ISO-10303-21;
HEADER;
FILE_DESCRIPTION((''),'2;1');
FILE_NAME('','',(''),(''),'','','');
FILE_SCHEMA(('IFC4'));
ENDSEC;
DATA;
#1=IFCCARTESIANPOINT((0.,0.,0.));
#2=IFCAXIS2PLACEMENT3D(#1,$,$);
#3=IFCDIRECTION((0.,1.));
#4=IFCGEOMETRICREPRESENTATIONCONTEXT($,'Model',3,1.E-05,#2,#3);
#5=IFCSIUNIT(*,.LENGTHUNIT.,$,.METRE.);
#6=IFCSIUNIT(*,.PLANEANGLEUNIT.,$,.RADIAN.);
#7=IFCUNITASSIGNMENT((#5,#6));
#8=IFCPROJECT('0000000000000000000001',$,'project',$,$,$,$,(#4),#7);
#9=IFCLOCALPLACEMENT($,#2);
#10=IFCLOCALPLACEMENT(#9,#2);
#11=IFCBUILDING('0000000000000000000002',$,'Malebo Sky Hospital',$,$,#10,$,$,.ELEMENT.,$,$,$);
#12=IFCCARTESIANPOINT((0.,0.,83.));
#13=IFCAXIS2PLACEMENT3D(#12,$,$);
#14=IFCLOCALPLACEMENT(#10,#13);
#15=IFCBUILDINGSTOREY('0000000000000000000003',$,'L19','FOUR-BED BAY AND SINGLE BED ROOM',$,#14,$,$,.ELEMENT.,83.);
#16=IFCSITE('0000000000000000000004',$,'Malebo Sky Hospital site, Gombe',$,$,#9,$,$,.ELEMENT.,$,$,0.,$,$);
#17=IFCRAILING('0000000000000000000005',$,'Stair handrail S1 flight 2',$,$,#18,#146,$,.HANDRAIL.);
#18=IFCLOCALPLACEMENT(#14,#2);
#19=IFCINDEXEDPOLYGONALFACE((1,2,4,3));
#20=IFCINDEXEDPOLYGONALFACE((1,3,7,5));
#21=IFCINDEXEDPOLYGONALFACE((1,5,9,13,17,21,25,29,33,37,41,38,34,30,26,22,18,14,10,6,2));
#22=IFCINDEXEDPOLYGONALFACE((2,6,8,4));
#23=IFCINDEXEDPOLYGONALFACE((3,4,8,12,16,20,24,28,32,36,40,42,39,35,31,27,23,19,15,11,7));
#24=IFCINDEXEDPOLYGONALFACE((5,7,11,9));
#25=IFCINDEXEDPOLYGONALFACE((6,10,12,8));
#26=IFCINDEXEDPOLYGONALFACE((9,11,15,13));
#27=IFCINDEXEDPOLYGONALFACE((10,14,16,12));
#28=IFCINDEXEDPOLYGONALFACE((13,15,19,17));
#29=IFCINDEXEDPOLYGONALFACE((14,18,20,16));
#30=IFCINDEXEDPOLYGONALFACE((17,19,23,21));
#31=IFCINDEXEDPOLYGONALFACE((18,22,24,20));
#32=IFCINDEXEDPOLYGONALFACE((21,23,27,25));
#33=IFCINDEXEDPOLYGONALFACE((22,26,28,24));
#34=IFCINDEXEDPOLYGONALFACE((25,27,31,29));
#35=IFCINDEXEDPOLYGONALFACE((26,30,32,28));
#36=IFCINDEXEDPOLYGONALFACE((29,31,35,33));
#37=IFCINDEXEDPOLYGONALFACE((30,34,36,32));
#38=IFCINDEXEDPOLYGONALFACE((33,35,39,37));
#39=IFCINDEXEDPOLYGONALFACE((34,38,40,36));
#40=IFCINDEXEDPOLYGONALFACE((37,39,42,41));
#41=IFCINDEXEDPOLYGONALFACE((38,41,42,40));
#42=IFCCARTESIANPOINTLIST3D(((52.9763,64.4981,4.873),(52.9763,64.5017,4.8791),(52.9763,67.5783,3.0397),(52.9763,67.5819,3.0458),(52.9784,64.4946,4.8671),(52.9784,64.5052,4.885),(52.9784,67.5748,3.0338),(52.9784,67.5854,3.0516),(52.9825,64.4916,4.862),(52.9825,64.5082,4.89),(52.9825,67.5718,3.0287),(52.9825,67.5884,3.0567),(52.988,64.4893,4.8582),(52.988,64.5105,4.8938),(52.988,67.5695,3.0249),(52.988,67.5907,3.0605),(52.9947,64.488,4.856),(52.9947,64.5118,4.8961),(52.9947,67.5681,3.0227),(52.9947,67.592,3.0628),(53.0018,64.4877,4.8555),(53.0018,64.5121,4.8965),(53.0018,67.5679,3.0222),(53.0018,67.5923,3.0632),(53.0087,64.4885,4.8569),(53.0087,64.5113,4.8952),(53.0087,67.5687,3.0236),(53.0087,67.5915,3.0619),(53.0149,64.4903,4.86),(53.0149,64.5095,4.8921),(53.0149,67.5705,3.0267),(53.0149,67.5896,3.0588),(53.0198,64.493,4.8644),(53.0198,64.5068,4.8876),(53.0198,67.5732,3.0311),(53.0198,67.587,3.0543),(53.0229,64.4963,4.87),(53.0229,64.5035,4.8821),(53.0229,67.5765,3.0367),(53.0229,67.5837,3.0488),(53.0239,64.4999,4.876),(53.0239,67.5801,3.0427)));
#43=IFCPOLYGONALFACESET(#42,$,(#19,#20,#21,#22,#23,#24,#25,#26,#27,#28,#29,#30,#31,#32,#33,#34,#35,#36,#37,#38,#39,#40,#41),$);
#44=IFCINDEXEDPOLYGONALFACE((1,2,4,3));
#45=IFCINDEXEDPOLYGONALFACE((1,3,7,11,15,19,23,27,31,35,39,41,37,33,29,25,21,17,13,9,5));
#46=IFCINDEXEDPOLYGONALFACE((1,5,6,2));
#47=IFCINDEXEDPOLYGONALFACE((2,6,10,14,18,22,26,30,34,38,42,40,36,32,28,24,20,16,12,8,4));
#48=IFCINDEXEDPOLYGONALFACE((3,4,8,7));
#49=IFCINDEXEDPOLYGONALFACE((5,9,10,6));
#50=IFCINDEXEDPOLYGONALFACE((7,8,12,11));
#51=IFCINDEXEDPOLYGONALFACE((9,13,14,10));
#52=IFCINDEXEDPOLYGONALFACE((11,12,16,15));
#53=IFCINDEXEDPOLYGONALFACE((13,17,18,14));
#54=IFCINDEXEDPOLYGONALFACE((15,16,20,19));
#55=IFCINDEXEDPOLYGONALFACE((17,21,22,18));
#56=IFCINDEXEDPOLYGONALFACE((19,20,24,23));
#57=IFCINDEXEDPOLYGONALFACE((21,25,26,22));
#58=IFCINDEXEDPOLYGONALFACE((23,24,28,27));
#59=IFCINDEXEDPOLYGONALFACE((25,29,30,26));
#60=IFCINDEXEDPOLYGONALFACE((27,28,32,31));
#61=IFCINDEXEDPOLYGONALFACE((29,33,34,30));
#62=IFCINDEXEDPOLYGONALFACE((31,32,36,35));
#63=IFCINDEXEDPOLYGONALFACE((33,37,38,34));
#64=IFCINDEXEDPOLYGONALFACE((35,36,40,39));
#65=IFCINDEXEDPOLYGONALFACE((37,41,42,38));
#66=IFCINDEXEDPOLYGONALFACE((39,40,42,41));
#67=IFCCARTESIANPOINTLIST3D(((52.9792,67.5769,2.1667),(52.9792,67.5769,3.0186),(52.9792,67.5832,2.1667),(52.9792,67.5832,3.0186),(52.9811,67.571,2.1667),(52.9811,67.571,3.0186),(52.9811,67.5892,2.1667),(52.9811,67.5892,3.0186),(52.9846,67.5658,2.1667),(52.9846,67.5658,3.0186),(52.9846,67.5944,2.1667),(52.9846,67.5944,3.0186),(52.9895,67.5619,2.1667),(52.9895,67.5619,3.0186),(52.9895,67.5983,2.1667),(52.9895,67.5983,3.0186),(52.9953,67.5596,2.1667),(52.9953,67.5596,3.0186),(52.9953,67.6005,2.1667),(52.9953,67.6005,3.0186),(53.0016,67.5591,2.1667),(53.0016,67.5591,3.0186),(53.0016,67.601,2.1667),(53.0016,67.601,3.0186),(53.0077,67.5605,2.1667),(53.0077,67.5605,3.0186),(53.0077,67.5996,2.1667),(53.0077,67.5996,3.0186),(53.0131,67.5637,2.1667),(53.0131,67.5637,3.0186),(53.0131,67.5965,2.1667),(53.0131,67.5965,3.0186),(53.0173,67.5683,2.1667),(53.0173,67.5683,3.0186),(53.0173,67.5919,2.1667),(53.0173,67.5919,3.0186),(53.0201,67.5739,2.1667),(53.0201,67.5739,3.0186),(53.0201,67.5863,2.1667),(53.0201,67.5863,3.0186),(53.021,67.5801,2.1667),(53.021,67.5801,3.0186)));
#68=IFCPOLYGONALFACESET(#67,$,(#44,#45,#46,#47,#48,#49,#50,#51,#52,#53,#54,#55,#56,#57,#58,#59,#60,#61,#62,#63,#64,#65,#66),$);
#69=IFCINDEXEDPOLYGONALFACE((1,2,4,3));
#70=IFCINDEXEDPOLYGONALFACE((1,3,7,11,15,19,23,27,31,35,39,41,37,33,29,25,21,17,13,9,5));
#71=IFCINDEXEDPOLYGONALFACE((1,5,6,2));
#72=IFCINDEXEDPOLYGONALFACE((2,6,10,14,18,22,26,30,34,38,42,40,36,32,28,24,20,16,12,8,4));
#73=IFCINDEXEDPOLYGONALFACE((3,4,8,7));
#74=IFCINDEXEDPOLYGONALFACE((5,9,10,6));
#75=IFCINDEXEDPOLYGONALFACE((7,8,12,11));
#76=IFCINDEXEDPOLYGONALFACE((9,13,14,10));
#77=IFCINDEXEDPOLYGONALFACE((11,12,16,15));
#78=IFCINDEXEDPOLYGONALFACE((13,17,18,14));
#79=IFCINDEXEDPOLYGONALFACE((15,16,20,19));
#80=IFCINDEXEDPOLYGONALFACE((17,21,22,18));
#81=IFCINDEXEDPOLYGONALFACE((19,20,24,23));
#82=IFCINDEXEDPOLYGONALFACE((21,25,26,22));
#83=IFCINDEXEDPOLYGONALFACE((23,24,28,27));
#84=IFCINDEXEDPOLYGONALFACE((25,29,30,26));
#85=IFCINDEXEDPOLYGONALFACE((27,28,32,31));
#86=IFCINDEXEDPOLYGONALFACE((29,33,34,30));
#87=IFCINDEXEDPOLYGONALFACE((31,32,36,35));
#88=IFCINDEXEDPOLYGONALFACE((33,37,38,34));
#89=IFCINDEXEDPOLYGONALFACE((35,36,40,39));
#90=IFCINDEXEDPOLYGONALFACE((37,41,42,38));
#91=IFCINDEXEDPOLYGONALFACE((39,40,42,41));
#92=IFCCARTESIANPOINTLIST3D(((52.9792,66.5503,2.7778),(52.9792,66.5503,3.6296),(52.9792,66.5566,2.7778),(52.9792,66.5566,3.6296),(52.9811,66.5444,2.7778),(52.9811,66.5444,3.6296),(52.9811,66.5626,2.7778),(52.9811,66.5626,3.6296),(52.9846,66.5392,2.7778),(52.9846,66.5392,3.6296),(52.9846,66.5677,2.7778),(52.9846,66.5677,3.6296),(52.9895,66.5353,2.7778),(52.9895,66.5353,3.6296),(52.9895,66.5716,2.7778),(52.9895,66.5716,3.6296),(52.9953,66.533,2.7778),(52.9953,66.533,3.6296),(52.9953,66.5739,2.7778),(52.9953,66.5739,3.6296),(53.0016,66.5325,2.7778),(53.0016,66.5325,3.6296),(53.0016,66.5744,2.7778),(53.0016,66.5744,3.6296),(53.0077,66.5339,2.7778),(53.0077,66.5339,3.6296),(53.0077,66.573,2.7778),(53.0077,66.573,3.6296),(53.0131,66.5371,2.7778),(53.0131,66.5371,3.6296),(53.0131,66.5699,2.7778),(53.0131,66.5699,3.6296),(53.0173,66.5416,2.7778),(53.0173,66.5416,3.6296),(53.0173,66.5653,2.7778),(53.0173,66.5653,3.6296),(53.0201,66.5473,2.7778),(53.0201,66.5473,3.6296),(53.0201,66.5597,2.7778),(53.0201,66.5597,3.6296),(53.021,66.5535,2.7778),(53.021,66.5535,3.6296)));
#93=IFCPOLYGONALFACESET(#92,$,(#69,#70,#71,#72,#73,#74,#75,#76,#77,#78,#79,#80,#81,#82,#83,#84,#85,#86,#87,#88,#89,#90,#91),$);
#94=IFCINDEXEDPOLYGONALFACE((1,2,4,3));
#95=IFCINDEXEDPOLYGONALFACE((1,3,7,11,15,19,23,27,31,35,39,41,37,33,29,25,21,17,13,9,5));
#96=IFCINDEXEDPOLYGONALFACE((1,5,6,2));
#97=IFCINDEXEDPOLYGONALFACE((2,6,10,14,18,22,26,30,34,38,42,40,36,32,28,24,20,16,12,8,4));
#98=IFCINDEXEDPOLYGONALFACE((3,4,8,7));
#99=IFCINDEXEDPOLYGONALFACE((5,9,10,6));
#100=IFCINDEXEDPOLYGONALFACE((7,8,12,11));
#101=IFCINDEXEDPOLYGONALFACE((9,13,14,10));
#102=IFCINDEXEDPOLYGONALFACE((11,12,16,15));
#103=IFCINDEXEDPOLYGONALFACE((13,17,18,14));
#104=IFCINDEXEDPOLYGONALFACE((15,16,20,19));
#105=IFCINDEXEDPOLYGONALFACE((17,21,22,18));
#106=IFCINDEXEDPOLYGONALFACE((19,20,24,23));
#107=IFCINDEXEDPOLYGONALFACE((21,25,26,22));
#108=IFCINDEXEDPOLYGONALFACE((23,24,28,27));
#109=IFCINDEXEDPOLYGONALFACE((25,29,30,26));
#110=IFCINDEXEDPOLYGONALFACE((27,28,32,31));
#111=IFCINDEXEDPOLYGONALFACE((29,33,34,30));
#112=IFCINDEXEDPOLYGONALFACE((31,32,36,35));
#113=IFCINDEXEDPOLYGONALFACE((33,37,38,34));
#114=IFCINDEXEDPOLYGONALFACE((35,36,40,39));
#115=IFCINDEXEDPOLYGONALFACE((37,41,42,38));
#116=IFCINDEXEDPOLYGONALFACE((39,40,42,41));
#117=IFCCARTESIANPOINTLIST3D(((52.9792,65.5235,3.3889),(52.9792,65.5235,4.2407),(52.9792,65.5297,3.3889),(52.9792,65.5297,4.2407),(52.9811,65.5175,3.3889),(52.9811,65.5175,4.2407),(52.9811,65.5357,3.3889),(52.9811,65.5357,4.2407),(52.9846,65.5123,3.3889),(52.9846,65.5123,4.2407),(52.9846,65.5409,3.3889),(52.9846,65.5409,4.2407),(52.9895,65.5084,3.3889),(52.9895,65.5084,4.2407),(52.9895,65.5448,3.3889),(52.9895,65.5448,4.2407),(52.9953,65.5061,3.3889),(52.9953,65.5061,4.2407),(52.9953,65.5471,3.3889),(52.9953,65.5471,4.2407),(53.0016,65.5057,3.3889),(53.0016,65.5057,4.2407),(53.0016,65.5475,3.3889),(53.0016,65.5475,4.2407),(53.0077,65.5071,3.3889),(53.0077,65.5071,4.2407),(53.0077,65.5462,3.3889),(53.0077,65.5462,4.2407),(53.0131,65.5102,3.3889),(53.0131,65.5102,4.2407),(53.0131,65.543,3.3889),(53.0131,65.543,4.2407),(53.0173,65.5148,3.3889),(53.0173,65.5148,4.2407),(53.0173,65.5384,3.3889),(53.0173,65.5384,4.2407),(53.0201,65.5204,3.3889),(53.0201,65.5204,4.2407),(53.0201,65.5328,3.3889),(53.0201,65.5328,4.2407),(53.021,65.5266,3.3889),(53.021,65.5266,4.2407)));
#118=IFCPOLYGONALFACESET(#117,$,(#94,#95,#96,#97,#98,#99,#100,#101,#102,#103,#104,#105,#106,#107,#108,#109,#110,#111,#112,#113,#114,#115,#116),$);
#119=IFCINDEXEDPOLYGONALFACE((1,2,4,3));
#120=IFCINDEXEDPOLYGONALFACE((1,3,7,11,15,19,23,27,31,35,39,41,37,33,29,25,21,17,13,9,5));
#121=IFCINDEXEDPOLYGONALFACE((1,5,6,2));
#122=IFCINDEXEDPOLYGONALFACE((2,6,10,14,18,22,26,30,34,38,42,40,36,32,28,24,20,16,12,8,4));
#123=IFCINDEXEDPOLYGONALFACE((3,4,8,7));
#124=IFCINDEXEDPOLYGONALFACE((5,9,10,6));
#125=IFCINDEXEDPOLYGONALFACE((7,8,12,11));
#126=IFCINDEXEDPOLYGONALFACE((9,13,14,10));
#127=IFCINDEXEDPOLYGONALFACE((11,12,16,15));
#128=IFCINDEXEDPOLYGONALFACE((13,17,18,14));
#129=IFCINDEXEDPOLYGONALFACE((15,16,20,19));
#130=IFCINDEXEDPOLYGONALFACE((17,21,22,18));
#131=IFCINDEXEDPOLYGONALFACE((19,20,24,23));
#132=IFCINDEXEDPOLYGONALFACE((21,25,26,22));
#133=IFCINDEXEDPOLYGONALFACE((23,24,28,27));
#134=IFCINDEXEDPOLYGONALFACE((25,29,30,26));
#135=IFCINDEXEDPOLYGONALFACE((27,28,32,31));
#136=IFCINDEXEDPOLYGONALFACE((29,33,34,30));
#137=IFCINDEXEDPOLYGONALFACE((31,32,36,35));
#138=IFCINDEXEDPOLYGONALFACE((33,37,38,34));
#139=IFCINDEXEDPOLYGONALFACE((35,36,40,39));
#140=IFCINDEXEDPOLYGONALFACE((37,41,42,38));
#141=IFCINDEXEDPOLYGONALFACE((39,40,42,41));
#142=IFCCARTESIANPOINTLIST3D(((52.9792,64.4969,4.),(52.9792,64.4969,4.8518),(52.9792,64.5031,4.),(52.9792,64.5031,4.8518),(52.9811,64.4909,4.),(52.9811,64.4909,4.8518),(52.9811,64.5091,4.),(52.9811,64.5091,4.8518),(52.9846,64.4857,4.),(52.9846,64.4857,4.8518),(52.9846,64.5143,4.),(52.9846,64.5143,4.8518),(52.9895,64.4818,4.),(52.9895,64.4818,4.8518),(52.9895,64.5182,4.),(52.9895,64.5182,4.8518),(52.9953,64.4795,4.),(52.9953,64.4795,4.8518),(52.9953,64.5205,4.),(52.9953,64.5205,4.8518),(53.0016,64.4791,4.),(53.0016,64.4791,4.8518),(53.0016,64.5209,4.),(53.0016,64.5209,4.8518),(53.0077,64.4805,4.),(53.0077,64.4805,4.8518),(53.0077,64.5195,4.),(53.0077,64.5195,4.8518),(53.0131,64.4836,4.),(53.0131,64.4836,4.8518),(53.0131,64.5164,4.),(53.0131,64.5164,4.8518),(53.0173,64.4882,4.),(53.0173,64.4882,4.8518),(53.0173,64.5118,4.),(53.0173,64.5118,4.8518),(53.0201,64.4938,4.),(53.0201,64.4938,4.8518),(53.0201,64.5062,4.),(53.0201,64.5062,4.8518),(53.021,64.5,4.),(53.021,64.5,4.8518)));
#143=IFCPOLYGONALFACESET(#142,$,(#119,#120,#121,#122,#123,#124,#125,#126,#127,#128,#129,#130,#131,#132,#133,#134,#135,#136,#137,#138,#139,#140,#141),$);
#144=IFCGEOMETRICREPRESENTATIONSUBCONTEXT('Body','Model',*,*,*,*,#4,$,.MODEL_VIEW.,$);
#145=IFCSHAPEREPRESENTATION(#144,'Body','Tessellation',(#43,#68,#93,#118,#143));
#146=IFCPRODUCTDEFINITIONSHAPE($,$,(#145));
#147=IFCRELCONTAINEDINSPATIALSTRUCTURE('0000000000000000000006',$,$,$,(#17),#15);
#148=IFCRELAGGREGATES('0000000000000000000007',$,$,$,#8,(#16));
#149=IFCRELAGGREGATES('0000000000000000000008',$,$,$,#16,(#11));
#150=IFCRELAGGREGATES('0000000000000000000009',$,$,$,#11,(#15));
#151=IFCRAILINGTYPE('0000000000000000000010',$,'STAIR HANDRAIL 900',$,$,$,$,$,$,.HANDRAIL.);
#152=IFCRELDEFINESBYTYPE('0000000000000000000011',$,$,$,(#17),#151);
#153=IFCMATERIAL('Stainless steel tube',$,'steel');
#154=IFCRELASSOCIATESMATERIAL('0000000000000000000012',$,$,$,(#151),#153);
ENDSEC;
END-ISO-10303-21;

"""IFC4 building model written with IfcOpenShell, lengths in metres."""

from ifc_helpers import new_model, si_unit, direction, frame, origin, origin_2d, place, context, subcontext, project, spatial, circle, extrude, material, type_object, element, save


model = new_model("IFC4")

# Units and contexts
model_context = context("Model", 3, precision=1e-05, world=origin(), true_north=direction((0.0, 1.0)))
body_context = subcontext(model_context, "Body", "Model", "MODEL_VIEW")
ifc_project = project(units=[si_unit("LENGTHUNIT", "METRE"), si_unit("PLANEANGLEUNIT", "RADIAN")], contexts=[model_context])

# Site, building, storey
site_placement = place(None, origin())
site = spatial("IfcSite", under=ifc_project, at=site_placement, Name="Malebo Sky Hospital site, Gombe", CompositionType="ELEMENT", RefElevation=0.0)
building_placement = place(site_placement, origin())
building = spatial("IfcBuilding", under=site, at=building_placement, Name="Malebo Sky Hospital", CompositionType="ELEMENT")
storey_placement = place(building_placement, frame((0.0, 0.0, 83.0)))
storey = spatial("IfcBuildingStorey", under=building, at=storey_placement, Name="L19", Description="FOUR-BED BAY AND SINGLE BED ROOM", CompositionType="ELEMENT", Elevation=83.0)

# Railing
ifc_material_1 = material(Name="Stainless steel tube", Category="steel")
railing_type = type_object("IfcRailingType", Name="STAIR HANDRAIL 900", PredefinedType="HANDRAIL", material=ifc_material_1)
railing_1_placement = place(storey_placement, frame((53.0, 67.5801, 2.1667)))
element("IfcRailing", 1, at=railing_1_placement, inside=storey, type_object=railing_type, Name="Stair handrail S1 flight 2", PredefinedType="HANDRAIL", context=body_context, shape_type="SweptSolid", body=[
    extrude(circle(Radius=0.0239, at=origin_2d()), frame((0.0, 0.0, 0.876), z_axis=(0.0, -0.859309, 0.511458), x_axis=(1.0, 0.0, 0.0)), (0.0, 0.0, 1.0), 3.5845),
    extrude(circle(Radius=0.021, at=origin_2d()), origin(), (0.0, 0.0, 1.0), 0.8518),
    extrude(circle(Radius=0.021, at=origin_2d()), frame((0.0, -1.0266, 0.6111)), (0.0, 0.0, 1.0), 0.8518),
    extrude(circle(Radius=0.021, at=origin_2d()), frame((0.0, -2.0535, 1.2222)), (0.0, 0.0, 1.0), 0.8518),
    extrude(circle(Radius=0.021, at=origin_2d()), frame((0.0, -3.0801, 1.8333)), (0.0, 0.0, 1.0), 0.8518),
])

save(model, "model.ifc")
